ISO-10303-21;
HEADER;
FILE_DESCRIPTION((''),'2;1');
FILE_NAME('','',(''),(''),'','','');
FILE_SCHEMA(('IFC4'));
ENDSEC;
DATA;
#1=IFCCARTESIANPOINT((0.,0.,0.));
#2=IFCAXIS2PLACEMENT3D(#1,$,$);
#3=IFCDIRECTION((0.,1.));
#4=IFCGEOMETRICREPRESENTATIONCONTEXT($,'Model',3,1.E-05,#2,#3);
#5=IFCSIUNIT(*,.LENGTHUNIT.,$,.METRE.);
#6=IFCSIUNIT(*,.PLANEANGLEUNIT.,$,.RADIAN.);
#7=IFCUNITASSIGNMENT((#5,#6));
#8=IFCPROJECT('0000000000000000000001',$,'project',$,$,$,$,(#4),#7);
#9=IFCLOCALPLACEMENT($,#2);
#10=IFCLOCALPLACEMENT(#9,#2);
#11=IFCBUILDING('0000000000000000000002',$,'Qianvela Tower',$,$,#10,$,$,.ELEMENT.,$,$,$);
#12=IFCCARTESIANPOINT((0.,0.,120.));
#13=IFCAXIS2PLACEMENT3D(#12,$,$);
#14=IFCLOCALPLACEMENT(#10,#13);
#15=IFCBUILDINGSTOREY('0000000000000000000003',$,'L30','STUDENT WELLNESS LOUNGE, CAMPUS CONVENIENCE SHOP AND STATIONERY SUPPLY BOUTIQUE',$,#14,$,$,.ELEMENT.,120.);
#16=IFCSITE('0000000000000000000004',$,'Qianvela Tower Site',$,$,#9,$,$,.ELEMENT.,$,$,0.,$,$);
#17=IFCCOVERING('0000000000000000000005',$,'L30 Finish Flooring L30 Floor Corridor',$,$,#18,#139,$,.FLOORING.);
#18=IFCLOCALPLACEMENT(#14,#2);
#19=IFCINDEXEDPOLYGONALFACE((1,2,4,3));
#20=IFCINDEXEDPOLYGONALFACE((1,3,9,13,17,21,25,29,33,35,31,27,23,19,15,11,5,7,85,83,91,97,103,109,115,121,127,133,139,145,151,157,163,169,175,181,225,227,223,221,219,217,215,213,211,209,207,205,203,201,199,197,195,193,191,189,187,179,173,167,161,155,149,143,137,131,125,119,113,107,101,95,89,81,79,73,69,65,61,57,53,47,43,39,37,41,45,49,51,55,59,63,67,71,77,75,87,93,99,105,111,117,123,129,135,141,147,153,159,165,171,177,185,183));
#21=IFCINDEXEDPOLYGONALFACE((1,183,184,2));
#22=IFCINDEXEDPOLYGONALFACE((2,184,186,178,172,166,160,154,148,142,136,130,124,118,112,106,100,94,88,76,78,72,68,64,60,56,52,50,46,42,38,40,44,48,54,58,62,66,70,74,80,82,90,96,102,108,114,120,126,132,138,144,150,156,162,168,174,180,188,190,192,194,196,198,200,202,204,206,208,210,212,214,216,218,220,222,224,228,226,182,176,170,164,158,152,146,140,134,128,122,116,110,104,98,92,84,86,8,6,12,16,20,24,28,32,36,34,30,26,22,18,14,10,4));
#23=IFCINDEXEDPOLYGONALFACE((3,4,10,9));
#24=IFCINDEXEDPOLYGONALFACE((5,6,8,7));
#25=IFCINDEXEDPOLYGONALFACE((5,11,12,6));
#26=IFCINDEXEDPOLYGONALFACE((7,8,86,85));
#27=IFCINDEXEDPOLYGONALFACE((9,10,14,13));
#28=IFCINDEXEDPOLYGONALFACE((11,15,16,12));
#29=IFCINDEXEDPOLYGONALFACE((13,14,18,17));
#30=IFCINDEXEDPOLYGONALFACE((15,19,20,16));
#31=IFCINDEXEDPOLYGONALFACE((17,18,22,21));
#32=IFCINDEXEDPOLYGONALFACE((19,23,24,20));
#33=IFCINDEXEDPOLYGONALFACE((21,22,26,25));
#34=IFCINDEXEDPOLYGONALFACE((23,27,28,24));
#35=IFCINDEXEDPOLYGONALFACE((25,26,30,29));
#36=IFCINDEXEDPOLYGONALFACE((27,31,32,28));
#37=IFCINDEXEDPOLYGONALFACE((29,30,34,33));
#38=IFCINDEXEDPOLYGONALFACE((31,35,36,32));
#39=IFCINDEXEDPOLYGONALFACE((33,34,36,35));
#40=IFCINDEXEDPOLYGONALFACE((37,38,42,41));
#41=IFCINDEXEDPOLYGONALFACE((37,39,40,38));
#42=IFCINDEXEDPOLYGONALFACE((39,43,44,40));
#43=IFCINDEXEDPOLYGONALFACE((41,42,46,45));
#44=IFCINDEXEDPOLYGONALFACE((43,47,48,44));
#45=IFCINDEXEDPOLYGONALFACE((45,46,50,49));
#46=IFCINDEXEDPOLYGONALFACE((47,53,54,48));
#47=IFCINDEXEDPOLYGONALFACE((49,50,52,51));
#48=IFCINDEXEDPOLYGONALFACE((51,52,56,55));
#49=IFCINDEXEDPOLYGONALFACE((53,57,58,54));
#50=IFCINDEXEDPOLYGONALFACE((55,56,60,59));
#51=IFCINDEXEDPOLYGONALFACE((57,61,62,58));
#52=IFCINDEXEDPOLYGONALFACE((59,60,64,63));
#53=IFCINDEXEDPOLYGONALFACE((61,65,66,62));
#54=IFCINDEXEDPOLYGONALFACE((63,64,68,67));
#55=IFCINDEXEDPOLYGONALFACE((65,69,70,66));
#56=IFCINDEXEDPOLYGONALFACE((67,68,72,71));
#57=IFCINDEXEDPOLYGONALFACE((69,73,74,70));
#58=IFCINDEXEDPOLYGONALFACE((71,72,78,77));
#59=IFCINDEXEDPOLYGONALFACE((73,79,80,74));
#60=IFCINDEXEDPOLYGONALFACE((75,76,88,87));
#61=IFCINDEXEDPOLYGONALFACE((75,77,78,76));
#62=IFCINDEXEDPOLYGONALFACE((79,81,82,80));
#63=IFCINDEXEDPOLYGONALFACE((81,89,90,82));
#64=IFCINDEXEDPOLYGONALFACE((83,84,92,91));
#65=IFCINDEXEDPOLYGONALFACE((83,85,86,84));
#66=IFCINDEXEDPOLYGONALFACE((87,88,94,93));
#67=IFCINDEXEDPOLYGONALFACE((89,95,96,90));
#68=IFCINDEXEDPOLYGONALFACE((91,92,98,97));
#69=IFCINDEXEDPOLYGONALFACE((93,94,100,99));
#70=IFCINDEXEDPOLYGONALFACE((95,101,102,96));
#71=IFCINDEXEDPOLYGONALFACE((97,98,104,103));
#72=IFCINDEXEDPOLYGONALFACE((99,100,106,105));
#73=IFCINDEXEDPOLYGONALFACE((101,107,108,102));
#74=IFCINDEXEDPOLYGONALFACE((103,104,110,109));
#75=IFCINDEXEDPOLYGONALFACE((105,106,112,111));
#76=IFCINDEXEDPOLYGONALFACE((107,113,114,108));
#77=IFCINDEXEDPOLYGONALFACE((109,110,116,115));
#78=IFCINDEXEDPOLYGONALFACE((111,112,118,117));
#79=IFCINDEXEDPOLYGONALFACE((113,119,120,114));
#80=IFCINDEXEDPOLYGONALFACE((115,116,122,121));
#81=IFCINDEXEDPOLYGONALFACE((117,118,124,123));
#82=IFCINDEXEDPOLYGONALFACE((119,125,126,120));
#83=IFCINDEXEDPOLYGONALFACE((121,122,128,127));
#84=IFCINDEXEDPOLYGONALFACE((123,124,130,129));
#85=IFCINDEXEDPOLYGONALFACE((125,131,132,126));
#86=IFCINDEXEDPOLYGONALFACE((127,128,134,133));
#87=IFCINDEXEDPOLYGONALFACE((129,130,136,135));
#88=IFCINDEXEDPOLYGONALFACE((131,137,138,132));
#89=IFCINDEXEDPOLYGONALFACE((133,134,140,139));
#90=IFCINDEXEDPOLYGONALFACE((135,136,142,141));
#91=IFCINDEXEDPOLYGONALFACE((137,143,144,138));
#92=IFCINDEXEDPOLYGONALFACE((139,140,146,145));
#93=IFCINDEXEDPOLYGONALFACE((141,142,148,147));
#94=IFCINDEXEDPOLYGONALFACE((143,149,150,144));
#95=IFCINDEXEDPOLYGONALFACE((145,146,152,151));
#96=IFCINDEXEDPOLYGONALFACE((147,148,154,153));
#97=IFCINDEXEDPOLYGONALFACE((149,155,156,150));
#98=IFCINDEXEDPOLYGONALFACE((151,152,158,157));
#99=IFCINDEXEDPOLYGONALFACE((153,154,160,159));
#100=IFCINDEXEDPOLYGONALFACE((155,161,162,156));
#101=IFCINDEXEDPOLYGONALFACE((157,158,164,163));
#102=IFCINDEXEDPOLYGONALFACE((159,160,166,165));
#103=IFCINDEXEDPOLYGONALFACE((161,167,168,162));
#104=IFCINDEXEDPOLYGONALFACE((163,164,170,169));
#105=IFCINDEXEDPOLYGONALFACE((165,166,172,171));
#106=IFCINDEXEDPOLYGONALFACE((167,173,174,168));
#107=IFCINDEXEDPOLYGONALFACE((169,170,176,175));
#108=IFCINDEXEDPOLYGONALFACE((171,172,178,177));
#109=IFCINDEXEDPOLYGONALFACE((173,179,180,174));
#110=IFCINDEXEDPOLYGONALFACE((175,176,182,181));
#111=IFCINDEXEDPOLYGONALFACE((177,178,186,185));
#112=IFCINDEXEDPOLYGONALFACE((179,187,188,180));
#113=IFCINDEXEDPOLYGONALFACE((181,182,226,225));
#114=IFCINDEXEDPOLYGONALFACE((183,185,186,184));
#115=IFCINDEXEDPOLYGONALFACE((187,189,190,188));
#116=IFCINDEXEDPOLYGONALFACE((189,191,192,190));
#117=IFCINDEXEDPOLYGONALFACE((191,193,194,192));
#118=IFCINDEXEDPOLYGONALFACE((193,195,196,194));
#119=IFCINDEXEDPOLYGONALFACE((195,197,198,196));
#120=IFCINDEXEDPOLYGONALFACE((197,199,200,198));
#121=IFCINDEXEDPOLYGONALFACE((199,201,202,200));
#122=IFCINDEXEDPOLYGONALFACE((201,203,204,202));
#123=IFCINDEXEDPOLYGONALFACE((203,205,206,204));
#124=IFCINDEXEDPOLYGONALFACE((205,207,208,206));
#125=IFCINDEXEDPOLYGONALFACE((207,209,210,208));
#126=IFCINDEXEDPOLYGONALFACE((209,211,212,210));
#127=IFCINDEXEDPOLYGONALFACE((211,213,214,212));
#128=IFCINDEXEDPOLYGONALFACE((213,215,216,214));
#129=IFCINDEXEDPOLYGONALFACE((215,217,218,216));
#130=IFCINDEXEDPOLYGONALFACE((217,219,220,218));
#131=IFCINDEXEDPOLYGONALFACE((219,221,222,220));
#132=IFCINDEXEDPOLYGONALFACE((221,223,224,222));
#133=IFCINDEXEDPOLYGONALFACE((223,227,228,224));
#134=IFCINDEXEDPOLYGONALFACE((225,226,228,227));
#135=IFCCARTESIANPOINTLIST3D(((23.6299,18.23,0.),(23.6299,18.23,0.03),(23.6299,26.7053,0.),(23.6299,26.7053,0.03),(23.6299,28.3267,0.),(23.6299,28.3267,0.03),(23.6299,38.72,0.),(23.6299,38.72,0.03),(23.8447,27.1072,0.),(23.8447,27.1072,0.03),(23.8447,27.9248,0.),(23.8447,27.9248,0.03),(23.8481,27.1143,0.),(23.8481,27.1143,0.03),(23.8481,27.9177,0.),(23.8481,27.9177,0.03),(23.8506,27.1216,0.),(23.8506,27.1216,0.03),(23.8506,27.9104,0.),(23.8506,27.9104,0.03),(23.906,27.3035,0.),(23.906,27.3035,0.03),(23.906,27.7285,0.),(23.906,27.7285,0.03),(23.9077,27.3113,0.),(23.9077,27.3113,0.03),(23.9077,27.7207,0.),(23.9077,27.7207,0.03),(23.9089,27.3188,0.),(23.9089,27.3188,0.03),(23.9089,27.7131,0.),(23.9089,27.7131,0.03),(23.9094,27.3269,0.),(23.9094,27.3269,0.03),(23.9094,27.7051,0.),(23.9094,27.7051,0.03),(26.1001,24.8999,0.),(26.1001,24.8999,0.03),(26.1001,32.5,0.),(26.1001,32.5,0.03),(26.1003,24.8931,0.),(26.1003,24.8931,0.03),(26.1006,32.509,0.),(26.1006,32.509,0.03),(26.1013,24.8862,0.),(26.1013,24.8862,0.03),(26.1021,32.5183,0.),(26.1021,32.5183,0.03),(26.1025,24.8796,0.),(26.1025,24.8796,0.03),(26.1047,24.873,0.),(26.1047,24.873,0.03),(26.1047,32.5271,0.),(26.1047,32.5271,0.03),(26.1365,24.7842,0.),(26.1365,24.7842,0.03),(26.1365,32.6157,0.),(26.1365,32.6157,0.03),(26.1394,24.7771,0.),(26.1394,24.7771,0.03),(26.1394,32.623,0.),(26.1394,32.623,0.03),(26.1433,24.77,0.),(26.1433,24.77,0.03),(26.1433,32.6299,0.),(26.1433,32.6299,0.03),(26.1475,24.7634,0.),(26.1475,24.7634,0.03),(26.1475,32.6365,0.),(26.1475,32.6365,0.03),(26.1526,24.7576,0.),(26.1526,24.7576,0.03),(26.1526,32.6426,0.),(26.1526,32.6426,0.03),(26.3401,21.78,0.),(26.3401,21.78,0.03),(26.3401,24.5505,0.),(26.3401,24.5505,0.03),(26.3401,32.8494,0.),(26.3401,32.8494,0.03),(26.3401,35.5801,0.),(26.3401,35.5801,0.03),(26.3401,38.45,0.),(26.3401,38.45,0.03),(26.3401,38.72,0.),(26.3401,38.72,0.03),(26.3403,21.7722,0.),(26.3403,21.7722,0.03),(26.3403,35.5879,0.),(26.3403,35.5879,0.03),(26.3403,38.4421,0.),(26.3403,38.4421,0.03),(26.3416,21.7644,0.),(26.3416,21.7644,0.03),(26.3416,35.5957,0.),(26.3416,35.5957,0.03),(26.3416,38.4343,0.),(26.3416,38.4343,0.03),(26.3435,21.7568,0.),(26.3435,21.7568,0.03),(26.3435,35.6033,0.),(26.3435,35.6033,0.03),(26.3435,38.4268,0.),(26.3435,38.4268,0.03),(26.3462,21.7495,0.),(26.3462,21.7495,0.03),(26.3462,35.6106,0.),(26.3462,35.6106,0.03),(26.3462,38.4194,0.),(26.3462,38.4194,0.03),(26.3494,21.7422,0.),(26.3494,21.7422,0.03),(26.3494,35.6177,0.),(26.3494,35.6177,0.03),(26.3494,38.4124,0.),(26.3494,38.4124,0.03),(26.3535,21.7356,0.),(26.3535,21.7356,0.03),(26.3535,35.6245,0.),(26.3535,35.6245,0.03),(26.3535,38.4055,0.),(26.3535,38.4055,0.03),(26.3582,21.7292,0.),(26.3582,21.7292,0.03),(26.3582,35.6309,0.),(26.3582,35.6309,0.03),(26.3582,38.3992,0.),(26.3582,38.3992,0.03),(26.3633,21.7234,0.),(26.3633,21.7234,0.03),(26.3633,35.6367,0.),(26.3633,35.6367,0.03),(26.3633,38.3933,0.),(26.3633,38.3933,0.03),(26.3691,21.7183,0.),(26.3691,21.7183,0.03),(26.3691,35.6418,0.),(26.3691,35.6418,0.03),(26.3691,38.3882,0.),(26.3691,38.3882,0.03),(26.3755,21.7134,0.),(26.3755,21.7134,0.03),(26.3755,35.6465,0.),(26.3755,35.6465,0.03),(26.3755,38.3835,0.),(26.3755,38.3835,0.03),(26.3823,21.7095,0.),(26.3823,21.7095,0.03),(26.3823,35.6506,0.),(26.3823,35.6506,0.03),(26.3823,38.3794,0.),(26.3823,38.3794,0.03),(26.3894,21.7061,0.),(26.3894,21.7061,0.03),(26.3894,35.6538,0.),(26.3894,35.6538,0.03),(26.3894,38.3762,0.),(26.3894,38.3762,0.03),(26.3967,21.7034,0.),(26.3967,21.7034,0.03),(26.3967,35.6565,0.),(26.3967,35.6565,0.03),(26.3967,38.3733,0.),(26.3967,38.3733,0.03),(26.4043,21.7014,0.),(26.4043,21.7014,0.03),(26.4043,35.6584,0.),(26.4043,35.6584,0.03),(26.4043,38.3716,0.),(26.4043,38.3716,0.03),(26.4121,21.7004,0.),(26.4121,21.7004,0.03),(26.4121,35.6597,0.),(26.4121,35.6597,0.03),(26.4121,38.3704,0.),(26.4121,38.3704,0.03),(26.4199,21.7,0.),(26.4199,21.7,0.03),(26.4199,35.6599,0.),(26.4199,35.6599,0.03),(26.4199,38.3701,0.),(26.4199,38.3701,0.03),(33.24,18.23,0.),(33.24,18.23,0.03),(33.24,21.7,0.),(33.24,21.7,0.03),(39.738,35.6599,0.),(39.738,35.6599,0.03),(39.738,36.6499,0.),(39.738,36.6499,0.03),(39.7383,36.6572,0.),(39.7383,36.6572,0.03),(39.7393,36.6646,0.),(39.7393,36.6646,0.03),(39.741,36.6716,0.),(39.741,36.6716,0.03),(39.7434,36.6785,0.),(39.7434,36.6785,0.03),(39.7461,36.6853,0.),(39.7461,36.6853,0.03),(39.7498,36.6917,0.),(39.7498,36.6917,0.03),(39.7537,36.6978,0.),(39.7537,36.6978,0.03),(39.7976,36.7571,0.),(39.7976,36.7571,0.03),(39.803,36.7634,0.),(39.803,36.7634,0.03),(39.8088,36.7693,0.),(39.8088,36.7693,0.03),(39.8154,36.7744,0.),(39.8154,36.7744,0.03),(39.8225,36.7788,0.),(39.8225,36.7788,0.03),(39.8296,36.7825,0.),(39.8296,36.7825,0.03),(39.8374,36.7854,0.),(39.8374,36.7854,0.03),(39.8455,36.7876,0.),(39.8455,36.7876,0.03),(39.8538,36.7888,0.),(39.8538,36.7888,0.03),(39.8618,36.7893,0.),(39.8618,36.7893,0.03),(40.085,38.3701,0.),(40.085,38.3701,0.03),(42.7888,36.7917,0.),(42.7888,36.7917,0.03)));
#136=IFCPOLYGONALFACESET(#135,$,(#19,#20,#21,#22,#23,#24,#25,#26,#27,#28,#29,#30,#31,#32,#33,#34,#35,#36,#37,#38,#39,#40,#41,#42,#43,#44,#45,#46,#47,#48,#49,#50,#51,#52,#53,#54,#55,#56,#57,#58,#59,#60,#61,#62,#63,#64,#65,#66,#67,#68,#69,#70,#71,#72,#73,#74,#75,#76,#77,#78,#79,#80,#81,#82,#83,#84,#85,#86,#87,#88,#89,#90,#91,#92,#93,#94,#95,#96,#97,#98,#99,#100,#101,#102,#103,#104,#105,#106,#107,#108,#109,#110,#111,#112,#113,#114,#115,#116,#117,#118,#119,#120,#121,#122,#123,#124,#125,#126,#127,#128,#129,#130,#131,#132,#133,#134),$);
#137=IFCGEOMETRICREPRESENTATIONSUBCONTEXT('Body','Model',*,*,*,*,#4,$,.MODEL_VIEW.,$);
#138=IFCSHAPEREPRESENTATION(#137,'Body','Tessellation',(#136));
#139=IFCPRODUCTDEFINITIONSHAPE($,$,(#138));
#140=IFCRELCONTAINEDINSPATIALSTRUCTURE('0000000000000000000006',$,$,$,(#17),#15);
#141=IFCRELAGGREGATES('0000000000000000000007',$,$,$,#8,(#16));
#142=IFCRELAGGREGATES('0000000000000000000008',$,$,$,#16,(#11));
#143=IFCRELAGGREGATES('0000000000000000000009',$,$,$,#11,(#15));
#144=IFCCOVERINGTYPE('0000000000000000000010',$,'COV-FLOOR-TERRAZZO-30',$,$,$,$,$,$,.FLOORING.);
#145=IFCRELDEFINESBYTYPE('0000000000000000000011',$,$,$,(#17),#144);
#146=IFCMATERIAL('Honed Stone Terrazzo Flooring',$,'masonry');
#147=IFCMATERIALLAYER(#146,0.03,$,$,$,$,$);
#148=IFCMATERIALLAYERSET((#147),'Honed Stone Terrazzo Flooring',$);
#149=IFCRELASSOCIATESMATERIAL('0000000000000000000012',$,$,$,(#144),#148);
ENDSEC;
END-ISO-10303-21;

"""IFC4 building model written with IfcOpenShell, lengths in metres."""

from ifc_helpers import new_model, si_unit, direction, frame, origin, place, context, subcontext, project, spatial, polyline, outline, extrude, material, layer, layer_set, type_object, element, save


model = new_model("IFC4")

# Units and contexts
model_context = context("Model", 3, precision=1e-05, world=origin(), true_north=direction((0.0, 1.0)))
body_context = subcontext(model_context, "Body", "Model", "MODEL_VIEW")
ifc_project = project(units=[si_unit("LENGTHUNIT", "METRE"), si_unit("PLANEANGLEUNIT", "RADIAN")], contexts=[model_context])

# Site, building, storey
site_placement = place(None, origin())
site = spatial("IfcSite", under=ifc_project, at=site_placement, Name="Qianvela Tower Site", CompositionType="ELEMENT", RefElevation=0.0)
building_placement = place(site_placement, origin())
building = spatial("IfcBuilding", under=site, at=building_placement, Name="Qianvela Tower", CompositionType="ELEMENT")
storey_placement = place(building_placement, frame((0.0, 0.0, 120.0)))
storey = spatial("IfcBuildingStorey", under=building, at=storey_placement, Name="L30", Description="STUDENT WELLNESS LOUNGE, CAMPUS CONVENIENCE SHOP AND STATIONERY SUPPLY BOUTIQUE", CompositionType="ELEMENT", Elevation=120.0)

# Covering
ifc_material_1 = material(Name="Honed Stone Terrazzo Flooring", Category="masonry")
ifc_layer_1 = layer(ifc_material_1, 0.03)
ifc_layer_set_1 = layer_set([ifc_layer_1], Name="Honed Stone Terrazzo Flooring")
covering_type_1 = type_object("IfcCoveringType", Name="COV-FLOOR-TERRAZZO-30", PredefinedType="FLOORING", material=ifc_layer_set_1)
covering_1_placement = place(storey_placement, origin())
element("IfcCovering", 1, at=covering_1_placement, inside=storey, type_object=covering_type_1, Name="L30 Finish Flooring L30 Floor Corridor", PredefinedType="FLOORING", context=body_context, shape_type="SweptSolid", body=[
    extrude(outline(polyline([(23.8506, 27.9104), (23.8481, 27.9177), (23.8447, 27.9248), (23.6299, 28.3267), (23.6299, 38.72), (26.3401, 38.72), (26.3401, 38.45), (26.3403, 38.4421), (26.3416, 38.4343), (26.3435, 38.4268), (26.3462, 38.4194), (26.3494, 38.4124), (26.3535, 38.4055), (26.3582, 38.3992), (26.3633, 38.3933), (26.3691, 38.3882), (26.3755, 38.3835), (26.3823, 38.3794), (26.3894, 38.3762), (26.3967, 38.3733), (26.4043, 38.3716), (26.4121, 38.3704), (26.4199, 38.3701), (40.085, 38.3701), (42.7888, 36.7917), (39.8618, 36.7893), (39.8538, 36.7888), (39.8455, 36.7876), (39.8374, 36.7854), (39.8296, 36.7825), (39.8225, 36.7788), (39.8154, 36.7744), (39.8088, 36.7693), (39.803, 36.7634), (39.7976, 36.7571), (39.7537, 36.6978), (39.7498, 36.6917), (39.7461, 36.6853), (39.7434, 36.6785), (39.741, 36.6716), (39.7393, 36.6646), (39.7383, 36.6572), (39.738, 36.6499), (39.738, 35.6599), (26.4199, 35.6599), (26.4121, 35.6597), (26.4043, 35.6584), (26.3967, 35.6565), (26.3894, 35.6538), (26.3823, 35.6506), (26.3755, 35.6465), (26.3691, 35.6418), (26.3633, 35.6367), (26.3582, 35.6309), (26.3535, 35.6245), (26.3494, 35.6177), (26.3462, 35.6106), (26.3435, 35.6033), (26.3416, 35.5957), (26.3403, 35.5879), (26.3401, 35.5801), (26.3401, 32.8494), (26.1526, 32.6426), (26.1475, 32.6365), (26.1433, 32.6299), (26.1394, 32.623), (26.1365, 32.6157), (26.1047, 32.5271), (26.1021, 32.5183), (26.1006, 32.509), (26.1001, 32.5), (26.1001, 24.8999), (26.1003, 24.8931), (26.1013, 24.8862), (26.1025, 24.8796), (26.1047, 24.873), (26.1365, 24.7842), (26.1394, 24.7771), (26.1433, 24.77), (26.1475, 24.7634), (26.1526, 24.7576), (26.3401, 24.5505), (26.3401, 21.78), (26.3403, 21.7722), (26.3416, 21.7644), (26.3435, 21.7568), (26.3462, 21.7495), (26.3494, 21.7422), (26.3535, 21.7356), (26.3582, 21.7292), (26.3633, 21.7234), (26.3691, 21.7183), (26.3755, 21.7134), (26.3823, 21.7095), (26.3894, 21.7061), (26.3967, 21.7034), (26.4043, 21.7014), (26.4121, 21.7004), (26.4199, 21.7), (33.24, 21.7), (33.24, 18.23), (23.6299, 18.23), (23.6299, 26.7053), (23.8447, 27.1072), (23.8481, 27.1143), (23.8506, 27.1216), (23.906, 27.3035), (23.9077, 27.3113), (23.9089, 27.3188), (23.9094, 27.3269), (23.9094, 27.7051), (23.9089, 27.7131), (23.9077, 27.7207), (23.906, 27.7285), (23.8506, 27.9104)])), origin(), (0.0, 0.0, 1.0), 0.03),
])

save(model, "model.ifc")
